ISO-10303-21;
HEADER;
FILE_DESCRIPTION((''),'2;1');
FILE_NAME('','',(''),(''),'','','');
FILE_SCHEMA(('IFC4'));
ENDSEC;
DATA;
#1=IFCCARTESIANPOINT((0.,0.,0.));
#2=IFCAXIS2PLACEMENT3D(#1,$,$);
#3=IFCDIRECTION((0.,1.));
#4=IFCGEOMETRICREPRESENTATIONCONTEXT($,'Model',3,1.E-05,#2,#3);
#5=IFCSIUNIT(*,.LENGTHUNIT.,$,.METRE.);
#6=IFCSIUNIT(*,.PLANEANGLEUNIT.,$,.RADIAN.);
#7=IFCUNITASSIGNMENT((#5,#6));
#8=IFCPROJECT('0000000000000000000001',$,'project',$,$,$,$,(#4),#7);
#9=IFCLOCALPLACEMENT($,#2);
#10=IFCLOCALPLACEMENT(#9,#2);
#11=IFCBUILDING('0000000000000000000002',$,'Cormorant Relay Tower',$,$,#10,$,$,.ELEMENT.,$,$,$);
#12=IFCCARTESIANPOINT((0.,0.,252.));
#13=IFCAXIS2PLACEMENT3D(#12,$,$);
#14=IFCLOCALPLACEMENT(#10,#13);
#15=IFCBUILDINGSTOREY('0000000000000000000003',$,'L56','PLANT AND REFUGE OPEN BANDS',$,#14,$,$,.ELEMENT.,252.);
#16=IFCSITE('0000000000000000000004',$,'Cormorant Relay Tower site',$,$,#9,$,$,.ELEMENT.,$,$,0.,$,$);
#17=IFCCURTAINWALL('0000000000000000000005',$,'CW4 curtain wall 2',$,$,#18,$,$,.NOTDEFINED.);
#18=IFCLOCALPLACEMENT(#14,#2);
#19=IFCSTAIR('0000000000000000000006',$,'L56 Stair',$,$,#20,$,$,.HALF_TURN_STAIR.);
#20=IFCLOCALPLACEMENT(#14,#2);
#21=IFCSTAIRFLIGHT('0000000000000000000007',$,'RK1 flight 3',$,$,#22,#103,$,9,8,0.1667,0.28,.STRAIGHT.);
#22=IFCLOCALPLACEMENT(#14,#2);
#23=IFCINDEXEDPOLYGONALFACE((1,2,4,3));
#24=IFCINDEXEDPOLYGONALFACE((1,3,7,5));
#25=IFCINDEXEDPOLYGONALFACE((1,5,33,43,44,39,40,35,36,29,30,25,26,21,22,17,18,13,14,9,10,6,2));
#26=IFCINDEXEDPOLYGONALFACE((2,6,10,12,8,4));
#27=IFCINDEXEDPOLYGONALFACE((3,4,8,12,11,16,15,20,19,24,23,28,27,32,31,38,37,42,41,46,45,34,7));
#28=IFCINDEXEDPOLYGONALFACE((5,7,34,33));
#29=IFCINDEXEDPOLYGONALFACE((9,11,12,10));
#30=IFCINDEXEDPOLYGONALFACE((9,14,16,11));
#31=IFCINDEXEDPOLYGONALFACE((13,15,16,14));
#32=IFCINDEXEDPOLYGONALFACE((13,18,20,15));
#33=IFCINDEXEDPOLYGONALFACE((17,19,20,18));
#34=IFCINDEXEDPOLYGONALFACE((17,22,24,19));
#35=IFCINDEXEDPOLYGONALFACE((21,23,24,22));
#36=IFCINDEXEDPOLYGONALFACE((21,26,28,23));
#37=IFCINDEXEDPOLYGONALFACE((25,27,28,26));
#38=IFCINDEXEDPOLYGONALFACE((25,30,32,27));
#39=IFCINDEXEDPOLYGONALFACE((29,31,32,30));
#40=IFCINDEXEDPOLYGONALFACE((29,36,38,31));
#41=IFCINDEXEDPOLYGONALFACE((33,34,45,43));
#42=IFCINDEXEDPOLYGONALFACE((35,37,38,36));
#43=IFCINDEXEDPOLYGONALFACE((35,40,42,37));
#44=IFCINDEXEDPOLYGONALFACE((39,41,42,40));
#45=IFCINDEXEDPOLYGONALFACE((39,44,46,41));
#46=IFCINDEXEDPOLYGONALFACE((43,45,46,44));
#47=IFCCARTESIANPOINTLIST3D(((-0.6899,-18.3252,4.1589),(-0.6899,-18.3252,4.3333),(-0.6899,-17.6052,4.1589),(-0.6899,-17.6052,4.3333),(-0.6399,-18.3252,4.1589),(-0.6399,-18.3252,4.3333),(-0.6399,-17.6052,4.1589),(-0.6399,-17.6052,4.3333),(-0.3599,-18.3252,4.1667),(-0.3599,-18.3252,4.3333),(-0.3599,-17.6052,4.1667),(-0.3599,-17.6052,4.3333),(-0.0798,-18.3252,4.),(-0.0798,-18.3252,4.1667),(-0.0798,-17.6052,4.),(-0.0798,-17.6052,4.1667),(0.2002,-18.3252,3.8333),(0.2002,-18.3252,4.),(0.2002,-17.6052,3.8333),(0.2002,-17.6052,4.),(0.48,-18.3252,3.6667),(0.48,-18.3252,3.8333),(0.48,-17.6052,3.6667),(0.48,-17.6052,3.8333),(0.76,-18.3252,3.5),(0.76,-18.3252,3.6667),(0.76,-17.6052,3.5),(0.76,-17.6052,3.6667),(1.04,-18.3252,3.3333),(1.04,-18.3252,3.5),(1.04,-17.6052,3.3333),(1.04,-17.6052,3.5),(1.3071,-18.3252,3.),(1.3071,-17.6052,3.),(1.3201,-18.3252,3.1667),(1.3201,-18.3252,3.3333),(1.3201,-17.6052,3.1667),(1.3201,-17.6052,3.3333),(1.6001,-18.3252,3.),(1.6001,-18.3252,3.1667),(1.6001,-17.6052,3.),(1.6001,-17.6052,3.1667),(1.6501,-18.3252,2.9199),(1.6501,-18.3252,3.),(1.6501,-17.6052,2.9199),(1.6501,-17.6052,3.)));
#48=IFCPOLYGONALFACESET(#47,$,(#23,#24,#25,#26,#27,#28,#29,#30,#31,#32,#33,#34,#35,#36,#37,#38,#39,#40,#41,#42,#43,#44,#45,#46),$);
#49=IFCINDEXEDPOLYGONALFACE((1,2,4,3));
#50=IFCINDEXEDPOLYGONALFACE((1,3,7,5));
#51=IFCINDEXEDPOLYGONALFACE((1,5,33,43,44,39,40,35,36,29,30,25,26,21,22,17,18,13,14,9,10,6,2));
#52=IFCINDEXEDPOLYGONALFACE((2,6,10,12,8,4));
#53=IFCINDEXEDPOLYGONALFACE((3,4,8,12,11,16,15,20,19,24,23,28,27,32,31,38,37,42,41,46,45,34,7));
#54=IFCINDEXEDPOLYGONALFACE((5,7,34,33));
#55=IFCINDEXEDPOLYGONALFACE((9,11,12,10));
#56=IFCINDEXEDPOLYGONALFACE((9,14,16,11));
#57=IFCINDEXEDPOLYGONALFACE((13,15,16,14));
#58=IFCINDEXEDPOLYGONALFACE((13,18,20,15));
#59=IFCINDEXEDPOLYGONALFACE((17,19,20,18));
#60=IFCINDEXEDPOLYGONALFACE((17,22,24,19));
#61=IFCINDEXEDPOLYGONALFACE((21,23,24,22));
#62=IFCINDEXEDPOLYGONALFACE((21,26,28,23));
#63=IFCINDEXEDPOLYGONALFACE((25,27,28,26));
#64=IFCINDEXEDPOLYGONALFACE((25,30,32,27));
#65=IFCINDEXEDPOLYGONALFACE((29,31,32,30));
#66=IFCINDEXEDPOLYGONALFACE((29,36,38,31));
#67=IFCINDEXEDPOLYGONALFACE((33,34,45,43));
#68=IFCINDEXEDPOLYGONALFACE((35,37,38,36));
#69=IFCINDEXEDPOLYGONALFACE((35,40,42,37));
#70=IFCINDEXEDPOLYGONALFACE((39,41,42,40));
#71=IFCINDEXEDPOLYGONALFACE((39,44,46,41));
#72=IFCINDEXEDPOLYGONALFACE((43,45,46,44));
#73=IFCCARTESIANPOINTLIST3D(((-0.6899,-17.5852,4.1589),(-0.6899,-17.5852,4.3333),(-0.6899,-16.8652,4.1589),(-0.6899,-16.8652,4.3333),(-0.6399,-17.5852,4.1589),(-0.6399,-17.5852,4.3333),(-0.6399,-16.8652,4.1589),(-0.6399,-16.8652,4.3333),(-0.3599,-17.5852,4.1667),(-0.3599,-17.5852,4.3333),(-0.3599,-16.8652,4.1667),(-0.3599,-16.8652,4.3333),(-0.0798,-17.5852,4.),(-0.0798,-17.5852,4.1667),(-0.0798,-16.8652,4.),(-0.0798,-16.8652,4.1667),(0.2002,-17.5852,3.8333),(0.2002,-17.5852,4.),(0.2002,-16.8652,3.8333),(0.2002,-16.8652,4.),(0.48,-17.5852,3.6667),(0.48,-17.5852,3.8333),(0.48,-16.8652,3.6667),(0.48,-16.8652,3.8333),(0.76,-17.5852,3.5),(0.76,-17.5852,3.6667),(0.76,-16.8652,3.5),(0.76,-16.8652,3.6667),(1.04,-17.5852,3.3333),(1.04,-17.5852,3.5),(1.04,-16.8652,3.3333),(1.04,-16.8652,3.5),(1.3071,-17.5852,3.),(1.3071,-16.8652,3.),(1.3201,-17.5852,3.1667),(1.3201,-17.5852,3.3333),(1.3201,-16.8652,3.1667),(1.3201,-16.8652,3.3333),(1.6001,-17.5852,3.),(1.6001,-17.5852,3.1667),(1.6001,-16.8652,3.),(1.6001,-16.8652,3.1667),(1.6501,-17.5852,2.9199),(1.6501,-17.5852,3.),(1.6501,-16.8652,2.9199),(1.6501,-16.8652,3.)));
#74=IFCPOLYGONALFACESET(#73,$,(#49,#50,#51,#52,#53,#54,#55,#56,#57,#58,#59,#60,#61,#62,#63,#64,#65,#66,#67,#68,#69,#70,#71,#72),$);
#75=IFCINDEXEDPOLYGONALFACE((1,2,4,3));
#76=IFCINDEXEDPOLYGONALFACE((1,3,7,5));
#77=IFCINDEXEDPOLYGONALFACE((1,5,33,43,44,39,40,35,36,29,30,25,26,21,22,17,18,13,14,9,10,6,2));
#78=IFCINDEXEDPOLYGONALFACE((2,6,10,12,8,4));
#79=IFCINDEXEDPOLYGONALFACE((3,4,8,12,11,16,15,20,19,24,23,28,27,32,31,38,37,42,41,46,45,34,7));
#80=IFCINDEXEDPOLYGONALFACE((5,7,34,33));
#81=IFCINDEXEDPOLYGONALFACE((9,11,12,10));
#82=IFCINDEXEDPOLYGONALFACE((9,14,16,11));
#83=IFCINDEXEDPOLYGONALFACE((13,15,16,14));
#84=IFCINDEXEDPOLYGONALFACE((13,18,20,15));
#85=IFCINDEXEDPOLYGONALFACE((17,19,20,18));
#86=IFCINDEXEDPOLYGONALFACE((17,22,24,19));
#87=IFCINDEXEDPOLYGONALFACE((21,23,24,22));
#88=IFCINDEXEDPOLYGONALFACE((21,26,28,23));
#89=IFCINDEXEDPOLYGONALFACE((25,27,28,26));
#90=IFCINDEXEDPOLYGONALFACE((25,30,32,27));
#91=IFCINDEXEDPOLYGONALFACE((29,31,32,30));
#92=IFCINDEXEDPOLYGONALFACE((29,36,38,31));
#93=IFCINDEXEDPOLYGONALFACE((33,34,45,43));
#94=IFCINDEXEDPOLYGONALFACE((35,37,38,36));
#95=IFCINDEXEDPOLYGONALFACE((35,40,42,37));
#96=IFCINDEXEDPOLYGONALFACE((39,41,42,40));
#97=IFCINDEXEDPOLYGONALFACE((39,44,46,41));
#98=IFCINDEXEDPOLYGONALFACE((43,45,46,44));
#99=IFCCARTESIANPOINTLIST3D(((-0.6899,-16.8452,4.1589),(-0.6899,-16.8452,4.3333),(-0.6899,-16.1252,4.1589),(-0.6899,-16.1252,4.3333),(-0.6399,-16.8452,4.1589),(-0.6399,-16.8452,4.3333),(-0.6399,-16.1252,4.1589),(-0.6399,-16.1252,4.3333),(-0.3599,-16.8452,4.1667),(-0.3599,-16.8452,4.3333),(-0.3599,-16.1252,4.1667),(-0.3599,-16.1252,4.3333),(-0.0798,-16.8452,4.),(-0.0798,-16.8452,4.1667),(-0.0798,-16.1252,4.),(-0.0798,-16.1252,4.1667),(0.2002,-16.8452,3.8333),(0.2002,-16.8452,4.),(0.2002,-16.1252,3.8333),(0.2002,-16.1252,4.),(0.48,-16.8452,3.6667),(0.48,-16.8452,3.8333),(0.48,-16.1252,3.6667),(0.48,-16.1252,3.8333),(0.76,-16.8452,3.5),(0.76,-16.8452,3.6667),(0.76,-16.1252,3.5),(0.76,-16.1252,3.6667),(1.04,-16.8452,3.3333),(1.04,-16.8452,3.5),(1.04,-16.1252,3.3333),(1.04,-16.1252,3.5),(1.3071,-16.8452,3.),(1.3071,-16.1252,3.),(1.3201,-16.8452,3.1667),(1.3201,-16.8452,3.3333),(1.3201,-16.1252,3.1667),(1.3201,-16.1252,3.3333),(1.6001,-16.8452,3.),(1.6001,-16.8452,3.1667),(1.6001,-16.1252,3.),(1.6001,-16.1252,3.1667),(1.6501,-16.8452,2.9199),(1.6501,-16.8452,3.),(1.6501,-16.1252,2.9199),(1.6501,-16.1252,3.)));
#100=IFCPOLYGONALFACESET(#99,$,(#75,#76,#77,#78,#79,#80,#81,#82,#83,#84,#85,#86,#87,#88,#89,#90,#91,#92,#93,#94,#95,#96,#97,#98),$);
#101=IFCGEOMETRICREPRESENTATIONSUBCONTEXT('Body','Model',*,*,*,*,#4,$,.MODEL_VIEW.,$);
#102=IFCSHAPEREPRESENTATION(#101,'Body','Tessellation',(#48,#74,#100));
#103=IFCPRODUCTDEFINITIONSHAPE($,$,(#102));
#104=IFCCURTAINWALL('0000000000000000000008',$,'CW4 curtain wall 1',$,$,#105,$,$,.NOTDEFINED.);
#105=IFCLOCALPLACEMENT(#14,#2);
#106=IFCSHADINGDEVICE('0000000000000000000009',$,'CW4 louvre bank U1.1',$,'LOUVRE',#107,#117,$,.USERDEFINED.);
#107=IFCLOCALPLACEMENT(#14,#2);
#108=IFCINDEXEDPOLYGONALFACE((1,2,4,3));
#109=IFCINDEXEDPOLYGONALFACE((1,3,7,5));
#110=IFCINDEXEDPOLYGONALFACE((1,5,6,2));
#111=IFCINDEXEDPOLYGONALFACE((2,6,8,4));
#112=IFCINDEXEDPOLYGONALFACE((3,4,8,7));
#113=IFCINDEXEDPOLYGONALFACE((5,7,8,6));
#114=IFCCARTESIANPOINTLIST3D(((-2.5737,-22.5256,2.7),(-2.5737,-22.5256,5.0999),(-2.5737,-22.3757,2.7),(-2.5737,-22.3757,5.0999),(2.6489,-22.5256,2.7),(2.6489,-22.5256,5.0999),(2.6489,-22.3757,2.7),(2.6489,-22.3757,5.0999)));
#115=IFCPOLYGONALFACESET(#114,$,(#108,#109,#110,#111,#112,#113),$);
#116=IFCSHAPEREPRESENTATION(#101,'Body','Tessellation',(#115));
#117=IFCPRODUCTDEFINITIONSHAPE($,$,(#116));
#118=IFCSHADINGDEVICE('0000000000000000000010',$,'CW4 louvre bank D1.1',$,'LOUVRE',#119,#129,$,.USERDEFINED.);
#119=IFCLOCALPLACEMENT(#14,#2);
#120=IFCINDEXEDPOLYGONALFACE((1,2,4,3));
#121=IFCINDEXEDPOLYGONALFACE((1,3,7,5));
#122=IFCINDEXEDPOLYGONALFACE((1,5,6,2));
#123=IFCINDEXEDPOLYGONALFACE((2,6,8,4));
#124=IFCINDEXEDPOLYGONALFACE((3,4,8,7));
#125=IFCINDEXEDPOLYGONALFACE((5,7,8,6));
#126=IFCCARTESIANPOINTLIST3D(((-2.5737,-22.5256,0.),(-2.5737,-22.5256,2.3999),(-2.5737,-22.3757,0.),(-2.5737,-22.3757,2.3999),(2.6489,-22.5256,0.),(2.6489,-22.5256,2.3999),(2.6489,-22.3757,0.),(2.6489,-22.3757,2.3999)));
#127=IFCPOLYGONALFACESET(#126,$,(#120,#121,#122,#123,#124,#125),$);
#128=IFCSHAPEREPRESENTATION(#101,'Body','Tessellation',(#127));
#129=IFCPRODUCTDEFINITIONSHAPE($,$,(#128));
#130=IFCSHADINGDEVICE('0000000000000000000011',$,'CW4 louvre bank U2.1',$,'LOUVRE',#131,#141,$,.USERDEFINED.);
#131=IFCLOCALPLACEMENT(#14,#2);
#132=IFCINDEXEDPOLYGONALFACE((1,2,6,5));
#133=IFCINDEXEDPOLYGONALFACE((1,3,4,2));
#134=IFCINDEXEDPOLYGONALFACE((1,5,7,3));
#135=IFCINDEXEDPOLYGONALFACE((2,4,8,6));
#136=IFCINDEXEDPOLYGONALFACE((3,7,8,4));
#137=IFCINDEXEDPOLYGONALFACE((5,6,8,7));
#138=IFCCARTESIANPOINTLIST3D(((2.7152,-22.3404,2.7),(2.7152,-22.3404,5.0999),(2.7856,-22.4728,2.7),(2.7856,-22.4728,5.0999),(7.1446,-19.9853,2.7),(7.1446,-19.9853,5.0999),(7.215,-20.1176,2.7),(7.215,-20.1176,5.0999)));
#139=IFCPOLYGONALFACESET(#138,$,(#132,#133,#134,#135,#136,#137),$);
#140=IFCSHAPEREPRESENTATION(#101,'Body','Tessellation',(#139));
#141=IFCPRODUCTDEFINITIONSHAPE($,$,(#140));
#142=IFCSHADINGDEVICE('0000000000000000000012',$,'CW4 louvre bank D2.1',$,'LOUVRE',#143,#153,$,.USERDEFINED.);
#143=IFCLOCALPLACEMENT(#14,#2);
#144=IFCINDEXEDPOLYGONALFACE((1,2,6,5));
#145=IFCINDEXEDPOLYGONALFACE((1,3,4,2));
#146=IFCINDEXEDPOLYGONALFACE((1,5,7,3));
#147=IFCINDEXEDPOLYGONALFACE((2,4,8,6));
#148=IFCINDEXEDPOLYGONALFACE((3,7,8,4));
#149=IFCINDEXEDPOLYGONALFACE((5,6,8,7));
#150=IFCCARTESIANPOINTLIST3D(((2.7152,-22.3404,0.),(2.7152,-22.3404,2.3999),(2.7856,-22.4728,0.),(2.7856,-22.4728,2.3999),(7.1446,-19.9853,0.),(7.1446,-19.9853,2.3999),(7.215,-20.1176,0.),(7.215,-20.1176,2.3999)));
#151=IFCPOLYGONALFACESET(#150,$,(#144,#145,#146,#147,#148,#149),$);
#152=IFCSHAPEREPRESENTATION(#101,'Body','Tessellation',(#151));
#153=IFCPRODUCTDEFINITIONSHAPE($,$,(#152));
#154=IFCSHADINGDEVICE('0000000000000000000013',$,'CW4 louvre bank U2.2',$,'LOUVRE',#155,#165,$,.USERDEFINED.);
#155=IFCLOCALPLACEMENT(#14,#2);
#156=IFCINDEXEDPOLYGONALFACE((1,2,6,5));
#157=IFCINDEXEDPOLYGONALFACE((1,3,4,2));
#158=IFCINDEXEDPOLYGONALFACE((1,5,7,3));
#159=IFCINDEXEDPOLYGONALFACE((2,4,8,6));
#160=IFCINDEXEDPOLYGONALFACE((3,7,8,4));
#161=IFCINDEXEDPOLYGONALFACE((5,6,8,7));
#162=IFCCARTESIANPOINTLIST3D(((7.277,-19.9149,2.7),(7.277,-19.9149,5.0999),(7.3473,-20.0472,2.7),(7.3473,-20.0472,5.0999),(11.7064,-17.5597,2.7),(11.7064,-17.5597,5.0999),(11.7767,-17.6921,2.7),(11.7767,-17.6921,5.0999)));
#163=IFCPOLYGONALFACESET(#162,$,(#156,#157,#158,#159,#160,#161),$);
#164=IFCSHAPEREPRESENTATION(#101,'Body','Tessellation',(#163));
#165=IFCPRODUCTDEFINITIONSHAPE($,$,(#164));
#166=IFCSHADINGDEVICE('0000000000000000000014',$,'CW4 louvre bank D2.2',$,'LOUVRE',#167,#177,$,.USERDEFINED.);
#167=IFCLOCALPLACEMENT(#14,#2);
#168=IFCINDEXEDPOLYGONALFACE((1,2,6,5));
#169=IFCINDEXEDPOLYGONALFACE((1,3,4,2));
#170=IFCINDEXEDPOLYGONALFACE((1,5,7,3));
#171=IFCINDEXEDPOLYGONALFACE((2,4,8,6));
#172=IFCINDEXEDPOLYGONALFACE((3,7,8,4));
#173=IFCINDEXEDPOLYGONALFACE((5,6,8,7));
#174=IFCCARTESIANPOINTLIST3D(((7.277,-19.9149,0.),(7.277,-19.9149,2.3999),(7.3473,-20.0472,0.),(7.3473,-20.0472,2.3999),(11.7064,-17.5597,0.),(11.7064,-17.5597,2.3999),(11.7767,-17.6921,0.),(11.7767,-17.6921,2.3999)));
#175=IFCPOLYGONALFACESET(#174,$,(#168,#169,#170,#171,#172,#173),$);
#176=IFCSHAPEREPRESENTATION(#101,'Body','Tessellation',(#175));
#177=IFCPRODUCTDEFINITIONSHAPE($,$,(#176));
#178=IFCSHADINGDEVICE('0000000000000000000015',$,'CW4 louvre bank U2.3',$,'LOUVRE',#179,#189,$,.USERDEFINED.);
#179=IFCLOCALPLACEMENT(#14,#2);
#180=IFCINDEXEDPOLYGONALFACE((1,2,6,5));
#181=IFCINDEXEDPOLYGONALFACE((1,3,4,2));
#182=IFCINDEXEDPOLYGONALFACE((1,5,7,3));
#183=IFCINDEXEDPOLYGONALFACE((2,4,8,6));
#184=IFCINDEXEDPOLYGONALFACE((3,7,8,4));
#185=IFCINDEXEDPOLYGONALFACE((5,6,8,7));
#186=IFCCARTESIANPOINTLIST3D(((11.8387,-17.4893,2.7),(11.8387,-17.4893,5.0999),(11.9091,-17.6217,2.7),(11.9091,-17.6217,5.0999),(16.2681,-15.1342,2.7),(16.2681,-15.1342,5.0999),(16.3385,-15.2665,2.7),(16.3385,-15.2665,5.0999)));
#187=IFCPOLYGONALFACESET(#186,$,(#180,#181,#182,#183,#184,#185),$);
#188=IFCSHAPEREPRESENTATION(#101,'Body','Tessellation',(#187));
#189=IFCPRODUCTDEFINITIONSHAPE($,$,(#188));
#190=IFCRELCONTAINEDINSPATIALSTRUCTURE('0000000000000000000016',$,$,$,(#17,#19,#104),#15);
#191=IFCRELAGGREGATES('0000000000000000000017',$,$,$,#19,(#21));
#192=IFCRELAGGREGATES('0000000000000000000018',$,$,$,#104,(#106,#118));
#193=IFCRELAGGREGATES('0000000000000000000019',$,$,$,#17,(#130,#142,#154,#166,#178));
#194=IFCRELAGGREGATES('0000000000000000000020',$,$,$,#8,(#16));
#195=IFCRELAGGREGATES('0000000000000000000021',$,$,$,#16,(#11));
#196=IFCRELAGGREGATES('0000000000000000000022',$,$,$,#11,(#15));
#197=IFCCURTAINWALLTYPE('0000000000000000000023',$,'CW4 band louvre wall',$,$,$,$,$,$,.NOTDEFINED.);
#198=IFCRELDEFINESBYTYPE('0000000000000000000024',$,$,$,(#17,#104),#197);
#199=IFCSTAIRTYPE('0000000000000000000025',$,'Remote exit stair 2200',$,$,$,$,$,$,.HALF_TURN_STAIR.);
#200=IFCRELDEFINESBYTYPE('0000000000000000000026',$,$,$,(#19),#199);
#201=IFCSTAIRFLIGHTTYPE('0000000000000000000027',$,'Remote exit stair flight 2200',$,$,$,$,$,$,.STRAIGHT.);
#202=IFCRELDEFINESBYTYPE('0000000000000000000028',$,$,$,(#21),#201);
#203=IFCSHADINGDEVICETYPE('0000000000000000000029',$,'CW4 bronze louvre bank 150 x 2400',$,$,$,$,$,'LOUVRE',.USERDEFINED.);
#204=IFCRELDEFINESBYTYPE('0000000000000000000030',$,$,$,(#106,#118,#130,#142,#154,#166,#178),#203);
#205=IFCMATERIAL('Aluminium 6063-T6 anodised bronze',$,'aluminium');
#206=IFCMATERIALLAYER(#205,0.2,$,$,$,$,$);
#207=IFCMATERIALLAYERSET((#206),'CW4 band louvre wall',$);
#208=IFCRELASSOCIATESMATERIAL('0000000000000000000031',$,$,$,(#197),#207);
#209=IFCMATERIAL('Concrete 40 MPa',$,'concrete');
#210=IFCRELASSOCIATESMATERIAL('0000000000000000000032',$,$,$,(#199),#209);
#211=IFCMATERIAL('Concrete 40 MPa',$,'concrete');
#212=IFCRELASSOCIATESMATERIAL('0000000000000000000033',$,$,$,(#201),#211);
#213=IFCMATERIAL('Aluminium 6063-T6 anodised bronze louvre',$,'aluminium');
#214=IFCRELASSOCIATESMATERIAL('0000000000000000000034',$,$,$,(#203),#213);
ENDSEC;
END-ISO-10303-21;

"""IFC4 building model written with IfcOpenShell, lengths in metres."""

from ifc_helpers import new_model, si_unit, direction, frame, origin, origin_2d, place, context, subcontext, project, spatial, polyline, rectangle, outline, extrude, material, layer, layer_set, type_object, element, aggregate, save


model = new_model("IFC4")

# Units and contexts
model_context = context("Model", 3, precision=1e-05, world=origin(), true_north=direction((0.0, 1.0)))
body_context = subcontext(model_context, "Body", "Model", "MODEL_VIEW")
ifc_project = project(units=[si_unit("LENGTHUNIT", "METRE"), si_unit("PLANEANGLEUNIT", "RADIAN")], contexts=[model_context])

# Site, building, storey
site_placement = place(None, origin())
site = spatial("IfcSite", under=ifc_project, at=site_placement, Name="Cormorant Relay Tower site", CompositionType="ELEMENT", RefElevation=0.0)
building_placement = place(site_placement, origin())
building = spatial("IfcBuilding", under=site, at=building_placement, Name="Cormorant Relay Tower", CompositionType="ELEMENT")
storey_placement = place(building_placement, frame((0.0, 0.0, 252.0)))
storey = spatial("IfcBuildingStorey", under=building, at=storey_placement, Name="L56", Description="PLANT AND REFUGE OPEN BANDS", CompositionType="ELEMENT", Elevation=252.0)

# Curtain wall
ifc_material_1 = material(Name="Aluminium 6063-T6 anodised bronze", Category="aluminium")
ifc_layer_1 = layer(ifc_material_1, 0.2)
ifc_layer_set_1 = layer_set([ifc_layer_1], Name="CW4 band louvre wall")
curtain_wall_type = type_object("IfcCurtainWallType", Name="CW4 band louvre wall", PredefinedType="NOTDEFINED", material=ifc_layer_set_1)
curtain_wall_1_placement = place(storey_placement, origin())
curtain_wall_1 = element("IfcCurtainWall", 1, at=curtain_wall_1_placement, inside=storey, type_object=curtain_wall_type, Name="CW4 curtain wall 2", PredefinedType="NOTDEFINED")

# Stair, stair flight
ifc_material_2 = material(Name="Concrete 40 MPa", Category="concrete")
stair_type = type_object("IfcStairType", Name="Remote exit stair 2200", PredefinedType="HALF_TURN_STAIR", material=ifc_material_2)
stair_placement = place(storey_placement, origin())
stair = element("IfcStair", 2, at=stair_placement, inside=storey, type_object=stair_type, Name="L56 Stair", PredefinedType="HALF_TURN_STAIR")
ifc_material_3 = material(Name="Concrete 40 MPa", Category="concrete")
stair_flight_type = type_object("IfcStairFlightType", Name="Remote exit stair flight 2200", PredefinedType="STRAIGHT", material=ifc_material_3)
stair_flight_1_placement = place(storey_placement, frame((1.6001, -17.2251, 3.0), z_axis=(0.0, 0.0, 1.0), x_axis=(-1.0, 0.0, 0.0)))
stair_flight_1 = element("IfcStairFlight", 3, at=stair_flight_1_placement, type_object=stair_flight_type, Name="RK1 flight 3", NumberOfRisers=9, NumberOfTreads=8, PredefinedType="STRAIGHT", RiserHeight=0.1667, TreadLength=0.28, context=body_context, shape_type="SweptSolid", body=[
    extrude(outline(polyline([(-0.05, -0.0801), (-0.05, 0.0), (0.0, 0.0), (0.0, 0.1667), (0.28, 0.1667), (0.28, 0.3333), (0.5601, 0.3333), (0.5601, 0.5), (0.8401, 0.5), (0.8401, 0.6667), (1.1201, 0.6667), (1.1201, 0.8333), (1.3999, 0.8333), (1.3999, 1.0), (1.6799, 1.0), (1.6799, 1.1667), (1.96, 1.1667), (1.96, 1.3333), (2.24, 1.3333), (2.29, 1.3333), (2.29, 1.1589), (2.24, 1.1589), (0.293, 0.0), (-0.05, -0.0801)])), frame((0.0, 1.1001, 0.0), z_axis=(0.0, -1.0, 0.0), x_axis=(1.0, 0.0, 0.0)), (0.0, 0.0, 1.0), 0.72),
    extrude(outline(polyline([(-0.05, -0.0801), (-0.05, 0.0), (0.0, 0.0), (0.0, 0.1667), (0.28, 0.1667), (0.28, 0.3333), (0.5601, 0.3333), (0.5601, 0.5), (0.8401, 0.5), (0.8401, 0.6667), (1.1201, 0.6667), (1.1201, 0.8333), (1.3999, 0.8333), (1.3999, 1.0), (1.6799, 1.0), (1.6799, 1.1667), (1.96, 1.1667), (1.96, 1.3333), (2.24, 1.3333), (2.29, 1.3333), (2.29, 1.1589), (2.24, 1.1589), (0.293, 0.0), (-0.05, -0.0801)])), frame((0.0, 0.3601, 0.0), z_axis=(0.0, -1.0, 0.0), x_axis=(1.0, 0.0, 0.0)), (0.0, 0.0, 1.0), 0.72),
    extrude(outline(polyline([(-0.05, -0.0801), (-0.05, 0.0), (0.0, 0.0), (0.0, 0.1667), (0.28, 0.1667), (0.28, 0.3333), (0.5601, 0.3333), (0.5601, 0.5), (0.8401, 0.5), (0.8401, 0.6667), (1.1201, 0.6667), (1.1201, 0.8333), (1.3999, 0.8333), (1.3999, 1.0), (1.6799, 1.0), (1.6799, 1.1667), (1.96, 1.1667), (1.96, 1.3333), (2.24, 1.3333), (2.29, 1.3333), (2.29, 1.1589), (2.24, 1.1589), (0.293, 0.0), (-0.05, -0.0801)])), frame((0.0, -0.3799, 0.0), z_axis=(0.0, -1.0, 0.0), x_axis=(1.0, 0.0, 0.0)), (0.0, 0.0, 1.0), 0.72),
])
aggregate(stair, [stair_flight_1])

# Curtain wall, shading devices
curtain_wall_2_placement = place(storey_placement, origin())
curtain_wall_2 = element("IfcCurtainWall", 4, at=curtain_wall_2_placement, inside=storey, type_object=curtain_wall_type, Name="CW4 curtain wall 1", PredefinedType="NOTDEFINED")
ifc_material_4 = material(Name="Aluminium 6063-T6 anodised bronze louvre", Category="aluminium")
shading_device_type = type_object("IfcShadingDeviceType", Name="CW4 bronze louvre bank 150 x 2400", ElementType="LOUVRE", PredefinedType="USERDEFINED", material=ifc_material_4)
shading_device_1_placement = place(storey_placement, frame((0.0376, -22.4507, 2.7), z_axis=(0.0, 0.0, 1.0), x_axis=(1.0, 0.0, 0.0)))
shading_device_1 = element("IfcShadingDevice", 5, at=shading_device_1_placement, type_object=shading_device_type, Name="CW4 louvre bank U1.1", ObjectType="LOUVRE", PredefinedType="USERDEFINED", context=body_context, shape_type="SweptSolid", body=[
    extrude(rectangle(XDim=5.2227, YDim=0.1499, at=origin_2d()), origin(), (0.0, 0.0, 1.0), 2.3999),
])
shading_device_2_placement = place(storey_placement, frame((0.0376, -22.4507, 0.0), z_axis=(0.0, 0.0, 1.0), x_axis=(1.0, 0.0, 0.0)))
shading_device_2 = element("IfcShadingDevice", 6, at=shading_device_2_placement, type_object=shading_device_type, Name="CW4 louvre bank D1.1", ObjectType="LOUVRE", PredefinedType="USERDEFINED", context=body_context, shape_type="SweptSolid", body=[
    extrude(rectangle(XDim=5.2227, YDim=0.1499, at=origin_2d()), origin(), (0.0, 0.0, 1.0), 2.3999),
])
aggregate(curtain_wall_2, [shading_device_1, shading_device_2])

# Shading devices
shading_device_3_placement = place(storey_placement, frame((4.9651, -21.229, 2.7), z_axis=(0.0, 0.0, 1.0), x_axis=(0.882948, 0.469472, 0.0)))
shading_device_3 = element("IfcShadingDevice", 7, at=shading_device_3_placement, type_object=shading_device_type, Name="CW4 louvre bank U2.1", ObjectType="LOUVRE", PredefinedType="USERDEFINED", context=body_context, shape_type="SweptSolid", body=[
    extrude(rectangle(XDim=5.0166, YDim=0.1499, at=origin_2d()), origin(), (0.0, 0.0, 1.0), 2.3999),
])
shading_device_4_placement = place(storey_placement, frame((4.9651, -21.229, 0.0), z_axis=(0.0, 0.0, 1.0), x_axis=(0.882948, 0.469472, 0.0)))
shading_device_4 = element("IfcShadingDevice", 8, at=shading_device_4_placement, type_object=shading_device_type, Name="CW4 louvre bank D2.1", ObjectType="LOUVRE", PredefinedType="USERDEFINED", context=body_context, shape_type="SweptSolid", body=[
    extrude(rectangle(XDim=5.0166, YDim=0.1499, at=origin_2d()), origin(), (0.0, 0.0, 1.0), 2.3999),
])
shading_device_5_placement = place(storey_placement, frame((9.5269, -18.8035, 2.7), z_axis=(0.0, 0.0, 1.0), x_axis=(0.882948, 0.469472, 0.0)))
shading_device_5 = element("IfcShadingDevice", 9, at=shading_device_5_placement, type_object=shading_device_type, Name="CW4 louvre bank U2.2", ObjectType="LOUVRE", PredefinedType="USERDEFINED", context=body_context, shape_type="SweptSolid", body=[
    extrude(rectangle(XDim=5.0166, YDim=0.1499, at=origin_2d()), origin(), (0.0, 0.0, 1.0), 2.3999),
])
shading_device_6_placement = place(storey_placement, frame((9.5269, -18.8035, 0.0), z_axis=(0.0, 0.0, 1.0), x_axis=(0.882948, 0.469472, 0.0)))
shading_device_6 = element("IfcShadingDevice", 10, at=shading_device_6_placement, type_object=shading_device_type, Name="CW4 louvre bank D2.2", ObjectType="LOUVRE", PredefinedType="USERDEFINED", context=body_context, shape_type="SweptSolid", body=[
    extrude(rectangle(XDim=5.0166, YDim=0.1499, at=origin_2d()), origin(), (0.0, 0.0, 1.0), 2.3999),
])
shading_device_7_placement = place(storey_placement, frame((14.0886, -16.3779, 2.7), z_axis=(0.0, 0.0, 1.0), x_axis=(0.882948, 0.469472, 0.0)))
shading_device_7 = element("IfcShadingDevice", 11, at=shading_device_7_placement, type_object=shading_device_type, Name="CW4 louvre bank U2.3", ObjectType="LOUVRE", PredefinedType="USERDEFINED", context=body_context, shape_type="SweptSolid", body=[
    extrude(rectangle(XDim=5.0166, YDim=0.1499, at=origin_2d()), origin(), (0.0, 0.0, 1.0), 2.3999),
])
aggregate(curtain_wall_1, [shading_device_3, shading_device_4, shading_device_5, shading_device_6, shading_device_7])

save(model, "model.ifc")
